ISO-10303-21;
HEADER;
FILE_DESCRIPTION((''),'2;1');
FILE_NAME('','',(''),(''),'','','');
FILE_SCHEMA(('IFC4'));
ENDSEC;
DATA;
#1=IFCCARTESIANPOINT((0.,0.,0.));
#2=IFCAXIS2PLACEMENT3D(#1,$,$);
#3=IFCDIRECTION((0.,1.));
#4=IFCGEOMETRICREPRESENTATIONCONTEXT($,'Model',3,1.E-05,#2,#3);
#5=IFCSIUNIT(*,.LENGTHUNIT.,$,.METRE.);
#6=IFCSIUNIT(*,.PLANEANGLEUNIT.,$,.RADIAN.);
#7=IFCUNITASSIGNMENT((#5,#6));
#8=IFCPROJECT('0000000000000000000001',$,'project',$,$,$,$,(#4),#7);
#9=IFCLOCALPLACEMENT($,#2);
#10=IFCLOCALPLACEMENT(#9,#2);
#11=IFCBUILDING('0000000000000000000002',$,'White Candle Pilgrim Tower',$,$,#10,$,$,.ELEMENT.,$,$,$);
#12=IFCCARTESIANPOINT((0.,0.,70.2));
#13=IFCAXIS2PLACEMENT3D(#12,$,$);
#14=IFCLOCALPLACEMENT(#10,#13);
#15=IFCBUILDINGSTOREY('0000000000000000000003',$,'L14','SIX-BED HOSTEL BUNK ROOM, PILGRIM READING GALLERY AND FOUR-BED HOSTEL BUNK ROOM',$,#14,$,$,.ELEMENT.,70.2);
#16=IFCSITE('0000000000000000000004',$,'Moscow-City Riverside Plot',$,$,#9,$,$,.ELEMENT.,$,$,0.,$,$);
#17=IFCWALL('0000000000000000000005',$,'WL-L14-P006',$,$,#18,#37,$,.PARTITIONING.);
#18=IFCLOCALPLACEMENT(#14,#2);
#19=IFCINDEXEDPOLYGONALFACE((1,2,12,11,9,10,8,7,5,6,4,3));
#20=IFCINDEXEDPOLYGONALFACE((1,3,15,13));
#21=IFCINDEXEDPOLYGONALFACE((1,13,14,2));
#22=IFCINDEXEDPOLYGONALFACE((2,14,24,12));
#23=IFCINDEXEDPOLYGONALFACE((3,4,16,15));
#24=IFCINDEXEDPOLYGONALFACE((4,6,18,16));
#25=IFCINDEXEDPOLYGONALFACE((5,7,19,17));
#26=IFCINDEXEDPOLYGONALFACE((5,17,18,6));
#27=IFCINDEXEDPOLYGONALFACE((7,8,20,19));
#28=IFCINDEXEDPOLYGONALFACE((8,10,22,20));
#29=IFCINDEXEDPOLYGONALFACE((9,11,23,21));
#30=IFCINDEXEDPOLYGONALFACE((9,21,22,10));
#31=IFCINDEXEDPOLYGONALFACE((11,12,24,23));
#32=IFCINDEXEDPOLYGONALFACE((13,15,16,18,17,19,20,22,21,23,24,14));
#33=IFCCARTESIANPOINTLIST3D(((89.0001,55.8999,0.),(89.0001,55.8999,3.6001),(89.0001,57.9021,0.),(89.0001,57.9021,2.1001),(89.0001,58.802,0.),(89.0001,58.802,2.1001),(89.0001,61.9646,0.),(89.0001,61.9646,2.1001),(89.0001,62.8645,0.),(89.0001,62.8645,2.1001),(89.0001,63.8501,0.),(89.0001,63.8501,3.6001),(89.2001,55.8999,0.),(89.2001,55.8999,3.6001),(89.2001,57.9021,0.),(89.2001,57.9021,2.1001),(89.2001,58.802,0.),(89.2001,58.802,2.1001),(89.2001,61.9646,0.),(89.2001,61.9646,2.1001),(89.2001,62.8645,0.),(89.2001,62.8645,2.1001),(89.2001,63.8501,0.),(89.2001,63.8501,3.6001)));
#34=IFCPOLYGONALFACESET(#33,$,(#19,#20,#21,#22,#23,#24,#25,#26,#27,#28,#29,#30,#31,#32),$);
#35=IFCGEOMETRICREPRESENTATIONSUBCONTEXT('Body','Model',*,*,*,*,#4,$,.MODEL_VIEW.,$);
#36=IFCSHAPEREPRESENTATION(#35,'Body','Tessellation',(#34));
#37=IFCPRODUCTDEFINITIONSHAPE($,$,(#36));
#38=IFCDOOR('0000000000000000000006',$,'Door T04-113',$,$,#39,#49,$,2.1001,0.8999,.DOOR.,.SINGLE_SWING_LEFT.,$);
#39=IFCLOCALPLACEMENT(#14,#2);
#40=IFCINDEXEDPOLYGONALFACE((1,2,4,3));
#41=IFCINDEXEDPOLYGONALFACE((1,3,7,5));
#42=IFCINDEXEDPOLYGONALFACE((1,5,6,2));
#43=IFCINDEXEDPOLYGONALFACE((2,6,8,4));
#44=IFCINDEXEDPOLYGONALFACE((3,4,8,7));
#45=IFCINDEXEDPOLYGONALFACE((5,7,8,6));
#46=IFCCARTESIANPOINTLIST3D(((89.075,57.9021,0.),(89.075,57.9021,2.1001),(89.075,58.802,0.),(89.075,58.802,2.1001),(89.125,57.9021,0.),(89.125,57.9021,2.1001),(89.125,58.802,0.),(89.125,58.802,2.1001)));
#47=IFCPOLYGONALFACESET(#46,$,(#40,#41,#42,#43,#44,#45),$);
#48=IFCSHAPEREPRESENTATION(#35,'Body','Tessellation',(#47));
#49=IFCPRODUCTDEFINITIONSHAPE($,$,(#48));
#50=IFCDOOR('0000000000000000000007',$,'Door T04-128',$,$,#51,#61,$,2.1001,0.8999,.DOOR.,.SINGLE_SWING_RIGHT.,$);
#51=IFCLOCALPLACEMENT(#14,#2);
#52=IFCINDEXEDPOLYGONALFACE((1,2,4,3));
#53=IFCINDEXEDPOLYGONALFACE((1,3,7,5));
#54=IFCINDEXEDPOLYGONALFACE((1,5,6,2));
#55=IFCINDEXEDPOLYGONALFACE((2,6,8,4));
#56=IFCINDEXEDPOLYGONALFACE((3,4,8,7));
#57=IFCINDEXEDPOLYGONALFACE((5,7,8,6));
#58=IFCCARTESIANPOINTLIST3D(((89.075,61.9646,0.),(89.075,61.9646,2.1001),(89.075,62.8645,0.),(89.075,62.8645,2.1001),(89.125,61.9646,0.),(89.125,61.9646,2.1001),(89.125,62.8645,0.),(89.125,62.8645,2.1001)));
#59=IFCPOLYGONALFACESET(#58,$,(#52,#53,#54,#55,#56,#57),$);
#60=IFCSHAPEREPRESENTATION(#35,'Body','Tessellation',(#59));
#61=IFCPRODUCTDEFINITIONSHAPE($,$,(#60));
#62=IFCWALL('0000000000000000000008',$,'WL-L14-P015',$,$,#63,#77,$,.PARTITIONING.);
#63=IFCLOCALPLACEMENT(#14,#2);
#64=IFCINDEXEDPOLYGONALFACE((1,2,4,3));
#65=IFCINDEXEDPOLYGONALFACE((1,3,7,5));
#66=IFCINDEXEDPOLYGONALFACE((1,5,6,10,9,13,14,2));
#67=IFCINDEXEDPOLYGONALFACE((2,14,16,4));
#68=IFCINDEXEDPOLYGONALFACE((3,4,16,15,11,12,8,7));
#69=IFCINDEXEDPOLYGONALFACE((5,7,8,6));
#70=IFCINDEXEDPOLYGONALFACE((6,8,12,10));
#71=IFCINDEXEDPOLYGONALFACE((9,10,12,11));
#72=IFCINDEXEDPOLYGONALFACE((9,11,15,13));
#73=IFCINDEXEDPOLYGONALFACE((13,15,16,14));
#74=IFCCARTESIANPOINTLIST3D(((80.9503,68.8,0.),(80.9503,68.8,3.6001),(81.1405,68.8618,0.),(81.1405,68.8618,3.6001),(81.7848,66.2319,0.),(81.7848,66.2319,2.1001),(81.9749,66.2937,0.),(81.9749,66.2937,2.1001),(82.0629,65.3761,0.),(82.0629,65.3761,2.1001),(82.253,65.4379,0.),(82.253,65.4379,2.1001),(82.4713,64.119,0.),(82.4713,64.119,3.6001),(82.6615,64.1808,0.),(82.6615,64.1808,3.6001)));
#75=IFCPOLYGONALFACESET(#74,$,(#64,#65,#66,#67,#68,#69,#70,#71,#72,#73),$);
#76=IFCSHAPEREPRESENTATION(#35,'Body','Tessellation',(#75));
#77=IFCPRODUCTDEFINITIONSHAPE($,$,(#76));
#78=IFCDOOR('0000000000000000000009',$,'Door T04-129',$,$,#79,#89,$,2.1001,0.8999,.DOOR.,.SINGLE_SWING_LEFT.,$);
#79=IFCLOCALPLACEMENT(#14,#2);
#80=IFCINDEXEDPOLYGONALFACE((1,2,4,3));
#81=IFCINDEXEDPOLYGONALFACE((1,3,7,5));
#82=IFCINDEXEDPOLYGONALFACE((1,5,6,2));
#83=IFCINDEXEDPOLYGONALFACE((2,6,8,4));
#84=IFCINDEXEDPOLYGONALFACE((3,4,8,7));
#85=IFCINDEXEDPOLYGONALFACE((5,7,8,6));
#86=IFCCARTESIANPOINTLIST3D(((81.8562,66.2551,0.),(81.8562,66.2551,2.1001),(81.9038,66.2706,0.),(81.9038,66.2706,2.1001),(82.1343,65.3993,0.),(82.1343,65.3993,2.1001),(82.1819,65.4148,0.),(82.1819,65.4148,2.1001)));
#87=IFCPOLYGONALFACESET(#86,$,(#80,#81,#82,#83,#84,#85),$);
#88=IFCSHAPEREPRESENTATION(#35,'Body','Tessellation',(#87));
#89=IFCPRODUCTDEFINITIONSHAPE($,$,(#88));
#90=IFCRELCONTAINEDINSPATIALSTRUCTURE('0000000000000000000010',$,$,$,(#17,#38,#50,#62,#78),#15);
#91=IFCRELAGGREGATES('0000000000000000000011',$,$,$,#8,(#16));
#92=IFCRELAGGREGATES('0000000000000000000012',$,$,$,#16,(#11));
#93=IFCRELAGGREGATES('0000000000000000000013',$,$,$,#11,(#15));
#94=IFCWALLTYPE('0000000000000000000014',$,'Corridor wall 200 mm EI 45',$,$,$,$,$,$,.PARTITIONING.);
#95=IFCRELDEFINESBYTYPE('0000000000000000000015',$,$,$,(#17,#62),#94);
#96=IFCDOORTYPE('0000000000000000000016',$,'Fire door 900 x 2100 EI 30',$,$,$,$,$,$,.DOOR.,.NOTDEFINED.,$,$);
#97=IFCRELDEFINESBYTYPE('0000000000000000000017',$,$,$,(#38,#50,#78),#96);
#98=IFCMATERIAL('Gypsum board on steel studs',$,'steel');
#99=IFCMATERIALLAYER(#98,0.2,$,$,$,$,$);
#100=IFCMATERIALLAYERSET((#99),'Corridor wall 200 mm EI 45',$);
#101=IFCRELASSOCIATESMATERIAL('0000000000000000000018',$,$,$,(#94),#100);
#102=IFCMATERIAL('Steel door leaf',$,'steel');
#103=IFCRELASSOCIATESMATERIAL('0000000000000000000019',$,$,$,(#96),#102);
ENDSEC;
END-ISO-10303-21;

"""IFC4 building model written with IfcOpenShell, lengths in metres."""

from ifc_helpers import new_model, si_unit, direction, frame, frame_2d, origin, place, context, subcontext, project, spatial, rectangle, extrude, material, layer, layer_set, type_object, element, fill, save


model = new_model("IFC4")

# Units and contexts
model_context = context("Model", 3, precision=1e-05, world=origin(), true_north=direction((0.0, 1.0)))
body_context = subcontext(model_context, "Body", "Model", "MODEL_VIEW")
ifc_project = project(units=[si_unit("LENGTHUNIT", "METRE"), si_unit("PLANEANGLEUNIT", "RADIAN")], contexts=[model_context])

# Site, building, storey
site_placement = place(None, origin())
site = spatial("IfcSite", under=ifc_project, at=site_placement, Name="Moscow-City Riverside Plot", CompositionType="ELEMENT", RefElevation=0.0)
building_placement = place(site_placement, origin())
building = spatial("IfcBuilding", under=site, at=building_placement, Name="White Candle Pilgrim Tower", CompositionType="ELEMENT")
storey_placement = place(building_placement, frame((0.0, 0.0, 70.2)))
storey = spatial("IfcBuildingStorey", under=building, at=storey_placement, Name="L14", Description="SIX-BED HOSTEL BUNK ROOM, PILGRIM READING GALLERY AND FOUR-BED HOSTEL BUNK ROOM", CompositionType="ELEMENT", Elevation=70.2)

# Wall, openings, doors
ifc_material_1 = material(Name="Gypsum board on steel studs", Category="steel")
ifc_layer_1 = layer(ifc_material_1, 0.2)
ifc_layer_set_1 = layer_set([ifc_layer_1], Name="Corridor wall 200 mm EI 45")
wall_type_1 = type_object("IfcWallType", Name="Corridor wall 200 mm EI 45", PredefinedType="PARTITIONING", material=ifc_layer_set_1)
wall_1_placement = place(storey_placement, frame((89.1001, 63.8501, 0.0), z_axis=(0.0, 0.0, 1.0), x_axis=(0.0, -1.0, 0.0)))
wall_1 = element("IfcWall", 1, at=wall_1_placement, inside=storey, type_object=wall_type_1, Name="WL-L14-P006", PredefinedType="PARTITIONING", context=body_context, shape_type="SweptSolid", body=[
    extrude(rectangle(XDim=7.9502, YDim=0.2, at=frame_2d((3.9751, 0.0))), origin(), (0.0, 0.0, 1.0), 3.6001),
])
opening_1_placement = place(wall_1_placement, frame((5.0481, 0.0, 0.0)))
opening_1 = element("IfcOpeningElement", 2, at=opening_1_placement, cuts=wall_1, PredefinedType="OPENING", context=body_context, shape_type="SweptSolid", body=[
    extrude(rectangle(XDim=0.8999, YDim=2.1001, at=frame_2d((0.45, 1.05))), frame((0.0, 0.1099, 0.0), z_axis=(0.0, -1.0, 0.0), x_axis=(1.0, 0.0, 0.0)), (0.0, 0.0, 1.0), 0.22),
])
opening_2_placement = place(wall_1_placement, frame((0.9856, 0.0, 0.0)))
opening_2 = element("IfcOpeningElement", 3, at=opening_2_placement, cuts=wall_1, PredefinedType="OPENING", context=body_context, shape_type="SweptSolid", body=[
    extrude(rectangle(XDim=0.8999, YDim=2.1001, at=frame_2d((0.45, 1.05))), frame((0.0, 0.1099, 0.0), z_axis=(0.0, -1.0, 0.0), x_axis=(1.0, 0.0, 0.0)), (0.0, 0.0, 1.0), 0.22),
])
ifc_material_2 = material(Name="Steel door leaf", Category="steel")
door_type_1 = type_object("IfcDoorType", Name="Fire door 900 x 2100 EI 30", OperationType="NOTDEFINED", PredefinedType="DOOR", material=ifc_material_2)
door_1_placement = place(opening_1_placement, origin())
door_1 = element("IfcDoor", 4, at=door_1_placement, inside=storey, type_object=door_type_1, Name="Door T04-113", OperationType="SINGLE_SWING_LEFT", OverallHeight=2.1001, OverallWidth=0.8999, PredefinedType="DOOR", context=body_context, shape_type="SweptSolid", body=[
    extrude(rectangle(XDim=0.8999, YDim=2.1001, at=frame_2d((0.45, 1.05))), frame((0.0, 0.0249, 0.0), z_axis=(0.0, -1.0, 0.0), x_axis=(1.0, 0.0, 0.0)), (0.0, 0.0, 1.0), 0.05),
])
fill(opening_1, door_1)
door_2_placement = place(opening_2_placement, origin())
door_2 = element("IfcDoor", 5, at=door_2_placement, inside=storey, type_object=door_type_1, Name="Door T04-128", OperationType="SINGLE_SWING_RIGHT", OverallHeight=2.1001, OverallWidth=0.8999, PredefinedType="DOOR", context=body_context, shape_type="SweptSolid", body=[
    extrude(rectangle(XDim=0.8999, YDim=2.1001, at=frame_2d((0.45, 1.05))), frame((0.0, 0.0249, 0.0), z_axis=(0.0, -1.0, 0.0), x_axis=(1.0, 0.0, 0.0)), (0.0, 0.0, 1.0), 0.05),
])
fill(opening_2, door_2)

# Wall, opening, door
wall_2_placement = place(storey_placement, frame((82.5664, 64.1499, 0.0), z_axis=(0.0, 0.0, 1.0), x_axis=(-0.309031, 0.951052, 0.0)))
wall_2 = element("IfcWall", 6, at=wall_2_placement, inside=storey, type_object=wall_type_1, Name="WL-L14-P015", PredefinedType="PARTITIONING", context=body_context, shape_type="SweptSolid", body=[
    extrude(rectangle(XDim=4.9219, YDim=0.2, at=frame_2d((2.4609, 0.0))), origin(), (0.0, 0.0, 1.0), 3.6001),
])
opening_3_placement = place(wall_2_placement, frame((1.3218, 0.0, 0.0)))
opening_3 = element("IfcOpeningElement", 7, at=opening_3_placement, cuts=wall_2, PredefinedType="OPENING", context=body_context, shape_type="SweptSolid", body=[
    extrude(rectangle(XDim=0.8999, YDim=2.1001, at=frame_2d((0.45, 1.05))), frame((0.0, 0.1099, 0.0), z_axis=(0.0, -1.0, 0.0), x_axis=(1.0, 0.0, 0.0)), (0.0, 0.0, 1.0), 0.22),
])
door_3_placement = place(opening_3_placement, origin())
door_3 = element("IfcDoor", 8, at=door_3_placement, inside=storey, type_object=door_type_1, Name="Door T04-129", OperationType="SINGLE_SWING_LEFT", OverallHeight=2.1001, OverallWidth=0.8999, PredefinedType="DOOR", context=body_context, shape_type="SweptSolid", body=[
    extrude(rectangle(XDim=0.8999, YDim=2.1001, at=frame_2d((0.45, 1.05))), frame((0.0, 0.0249, 0.0), z_axis=(0.0, -1.0, 0.0), x_axis=(1.0, 0.0, 0.0)), (0.0, 0.0, 1.0), 0.05),
])
fill(opening_3, door_3)

save(model, "model.ifc")
